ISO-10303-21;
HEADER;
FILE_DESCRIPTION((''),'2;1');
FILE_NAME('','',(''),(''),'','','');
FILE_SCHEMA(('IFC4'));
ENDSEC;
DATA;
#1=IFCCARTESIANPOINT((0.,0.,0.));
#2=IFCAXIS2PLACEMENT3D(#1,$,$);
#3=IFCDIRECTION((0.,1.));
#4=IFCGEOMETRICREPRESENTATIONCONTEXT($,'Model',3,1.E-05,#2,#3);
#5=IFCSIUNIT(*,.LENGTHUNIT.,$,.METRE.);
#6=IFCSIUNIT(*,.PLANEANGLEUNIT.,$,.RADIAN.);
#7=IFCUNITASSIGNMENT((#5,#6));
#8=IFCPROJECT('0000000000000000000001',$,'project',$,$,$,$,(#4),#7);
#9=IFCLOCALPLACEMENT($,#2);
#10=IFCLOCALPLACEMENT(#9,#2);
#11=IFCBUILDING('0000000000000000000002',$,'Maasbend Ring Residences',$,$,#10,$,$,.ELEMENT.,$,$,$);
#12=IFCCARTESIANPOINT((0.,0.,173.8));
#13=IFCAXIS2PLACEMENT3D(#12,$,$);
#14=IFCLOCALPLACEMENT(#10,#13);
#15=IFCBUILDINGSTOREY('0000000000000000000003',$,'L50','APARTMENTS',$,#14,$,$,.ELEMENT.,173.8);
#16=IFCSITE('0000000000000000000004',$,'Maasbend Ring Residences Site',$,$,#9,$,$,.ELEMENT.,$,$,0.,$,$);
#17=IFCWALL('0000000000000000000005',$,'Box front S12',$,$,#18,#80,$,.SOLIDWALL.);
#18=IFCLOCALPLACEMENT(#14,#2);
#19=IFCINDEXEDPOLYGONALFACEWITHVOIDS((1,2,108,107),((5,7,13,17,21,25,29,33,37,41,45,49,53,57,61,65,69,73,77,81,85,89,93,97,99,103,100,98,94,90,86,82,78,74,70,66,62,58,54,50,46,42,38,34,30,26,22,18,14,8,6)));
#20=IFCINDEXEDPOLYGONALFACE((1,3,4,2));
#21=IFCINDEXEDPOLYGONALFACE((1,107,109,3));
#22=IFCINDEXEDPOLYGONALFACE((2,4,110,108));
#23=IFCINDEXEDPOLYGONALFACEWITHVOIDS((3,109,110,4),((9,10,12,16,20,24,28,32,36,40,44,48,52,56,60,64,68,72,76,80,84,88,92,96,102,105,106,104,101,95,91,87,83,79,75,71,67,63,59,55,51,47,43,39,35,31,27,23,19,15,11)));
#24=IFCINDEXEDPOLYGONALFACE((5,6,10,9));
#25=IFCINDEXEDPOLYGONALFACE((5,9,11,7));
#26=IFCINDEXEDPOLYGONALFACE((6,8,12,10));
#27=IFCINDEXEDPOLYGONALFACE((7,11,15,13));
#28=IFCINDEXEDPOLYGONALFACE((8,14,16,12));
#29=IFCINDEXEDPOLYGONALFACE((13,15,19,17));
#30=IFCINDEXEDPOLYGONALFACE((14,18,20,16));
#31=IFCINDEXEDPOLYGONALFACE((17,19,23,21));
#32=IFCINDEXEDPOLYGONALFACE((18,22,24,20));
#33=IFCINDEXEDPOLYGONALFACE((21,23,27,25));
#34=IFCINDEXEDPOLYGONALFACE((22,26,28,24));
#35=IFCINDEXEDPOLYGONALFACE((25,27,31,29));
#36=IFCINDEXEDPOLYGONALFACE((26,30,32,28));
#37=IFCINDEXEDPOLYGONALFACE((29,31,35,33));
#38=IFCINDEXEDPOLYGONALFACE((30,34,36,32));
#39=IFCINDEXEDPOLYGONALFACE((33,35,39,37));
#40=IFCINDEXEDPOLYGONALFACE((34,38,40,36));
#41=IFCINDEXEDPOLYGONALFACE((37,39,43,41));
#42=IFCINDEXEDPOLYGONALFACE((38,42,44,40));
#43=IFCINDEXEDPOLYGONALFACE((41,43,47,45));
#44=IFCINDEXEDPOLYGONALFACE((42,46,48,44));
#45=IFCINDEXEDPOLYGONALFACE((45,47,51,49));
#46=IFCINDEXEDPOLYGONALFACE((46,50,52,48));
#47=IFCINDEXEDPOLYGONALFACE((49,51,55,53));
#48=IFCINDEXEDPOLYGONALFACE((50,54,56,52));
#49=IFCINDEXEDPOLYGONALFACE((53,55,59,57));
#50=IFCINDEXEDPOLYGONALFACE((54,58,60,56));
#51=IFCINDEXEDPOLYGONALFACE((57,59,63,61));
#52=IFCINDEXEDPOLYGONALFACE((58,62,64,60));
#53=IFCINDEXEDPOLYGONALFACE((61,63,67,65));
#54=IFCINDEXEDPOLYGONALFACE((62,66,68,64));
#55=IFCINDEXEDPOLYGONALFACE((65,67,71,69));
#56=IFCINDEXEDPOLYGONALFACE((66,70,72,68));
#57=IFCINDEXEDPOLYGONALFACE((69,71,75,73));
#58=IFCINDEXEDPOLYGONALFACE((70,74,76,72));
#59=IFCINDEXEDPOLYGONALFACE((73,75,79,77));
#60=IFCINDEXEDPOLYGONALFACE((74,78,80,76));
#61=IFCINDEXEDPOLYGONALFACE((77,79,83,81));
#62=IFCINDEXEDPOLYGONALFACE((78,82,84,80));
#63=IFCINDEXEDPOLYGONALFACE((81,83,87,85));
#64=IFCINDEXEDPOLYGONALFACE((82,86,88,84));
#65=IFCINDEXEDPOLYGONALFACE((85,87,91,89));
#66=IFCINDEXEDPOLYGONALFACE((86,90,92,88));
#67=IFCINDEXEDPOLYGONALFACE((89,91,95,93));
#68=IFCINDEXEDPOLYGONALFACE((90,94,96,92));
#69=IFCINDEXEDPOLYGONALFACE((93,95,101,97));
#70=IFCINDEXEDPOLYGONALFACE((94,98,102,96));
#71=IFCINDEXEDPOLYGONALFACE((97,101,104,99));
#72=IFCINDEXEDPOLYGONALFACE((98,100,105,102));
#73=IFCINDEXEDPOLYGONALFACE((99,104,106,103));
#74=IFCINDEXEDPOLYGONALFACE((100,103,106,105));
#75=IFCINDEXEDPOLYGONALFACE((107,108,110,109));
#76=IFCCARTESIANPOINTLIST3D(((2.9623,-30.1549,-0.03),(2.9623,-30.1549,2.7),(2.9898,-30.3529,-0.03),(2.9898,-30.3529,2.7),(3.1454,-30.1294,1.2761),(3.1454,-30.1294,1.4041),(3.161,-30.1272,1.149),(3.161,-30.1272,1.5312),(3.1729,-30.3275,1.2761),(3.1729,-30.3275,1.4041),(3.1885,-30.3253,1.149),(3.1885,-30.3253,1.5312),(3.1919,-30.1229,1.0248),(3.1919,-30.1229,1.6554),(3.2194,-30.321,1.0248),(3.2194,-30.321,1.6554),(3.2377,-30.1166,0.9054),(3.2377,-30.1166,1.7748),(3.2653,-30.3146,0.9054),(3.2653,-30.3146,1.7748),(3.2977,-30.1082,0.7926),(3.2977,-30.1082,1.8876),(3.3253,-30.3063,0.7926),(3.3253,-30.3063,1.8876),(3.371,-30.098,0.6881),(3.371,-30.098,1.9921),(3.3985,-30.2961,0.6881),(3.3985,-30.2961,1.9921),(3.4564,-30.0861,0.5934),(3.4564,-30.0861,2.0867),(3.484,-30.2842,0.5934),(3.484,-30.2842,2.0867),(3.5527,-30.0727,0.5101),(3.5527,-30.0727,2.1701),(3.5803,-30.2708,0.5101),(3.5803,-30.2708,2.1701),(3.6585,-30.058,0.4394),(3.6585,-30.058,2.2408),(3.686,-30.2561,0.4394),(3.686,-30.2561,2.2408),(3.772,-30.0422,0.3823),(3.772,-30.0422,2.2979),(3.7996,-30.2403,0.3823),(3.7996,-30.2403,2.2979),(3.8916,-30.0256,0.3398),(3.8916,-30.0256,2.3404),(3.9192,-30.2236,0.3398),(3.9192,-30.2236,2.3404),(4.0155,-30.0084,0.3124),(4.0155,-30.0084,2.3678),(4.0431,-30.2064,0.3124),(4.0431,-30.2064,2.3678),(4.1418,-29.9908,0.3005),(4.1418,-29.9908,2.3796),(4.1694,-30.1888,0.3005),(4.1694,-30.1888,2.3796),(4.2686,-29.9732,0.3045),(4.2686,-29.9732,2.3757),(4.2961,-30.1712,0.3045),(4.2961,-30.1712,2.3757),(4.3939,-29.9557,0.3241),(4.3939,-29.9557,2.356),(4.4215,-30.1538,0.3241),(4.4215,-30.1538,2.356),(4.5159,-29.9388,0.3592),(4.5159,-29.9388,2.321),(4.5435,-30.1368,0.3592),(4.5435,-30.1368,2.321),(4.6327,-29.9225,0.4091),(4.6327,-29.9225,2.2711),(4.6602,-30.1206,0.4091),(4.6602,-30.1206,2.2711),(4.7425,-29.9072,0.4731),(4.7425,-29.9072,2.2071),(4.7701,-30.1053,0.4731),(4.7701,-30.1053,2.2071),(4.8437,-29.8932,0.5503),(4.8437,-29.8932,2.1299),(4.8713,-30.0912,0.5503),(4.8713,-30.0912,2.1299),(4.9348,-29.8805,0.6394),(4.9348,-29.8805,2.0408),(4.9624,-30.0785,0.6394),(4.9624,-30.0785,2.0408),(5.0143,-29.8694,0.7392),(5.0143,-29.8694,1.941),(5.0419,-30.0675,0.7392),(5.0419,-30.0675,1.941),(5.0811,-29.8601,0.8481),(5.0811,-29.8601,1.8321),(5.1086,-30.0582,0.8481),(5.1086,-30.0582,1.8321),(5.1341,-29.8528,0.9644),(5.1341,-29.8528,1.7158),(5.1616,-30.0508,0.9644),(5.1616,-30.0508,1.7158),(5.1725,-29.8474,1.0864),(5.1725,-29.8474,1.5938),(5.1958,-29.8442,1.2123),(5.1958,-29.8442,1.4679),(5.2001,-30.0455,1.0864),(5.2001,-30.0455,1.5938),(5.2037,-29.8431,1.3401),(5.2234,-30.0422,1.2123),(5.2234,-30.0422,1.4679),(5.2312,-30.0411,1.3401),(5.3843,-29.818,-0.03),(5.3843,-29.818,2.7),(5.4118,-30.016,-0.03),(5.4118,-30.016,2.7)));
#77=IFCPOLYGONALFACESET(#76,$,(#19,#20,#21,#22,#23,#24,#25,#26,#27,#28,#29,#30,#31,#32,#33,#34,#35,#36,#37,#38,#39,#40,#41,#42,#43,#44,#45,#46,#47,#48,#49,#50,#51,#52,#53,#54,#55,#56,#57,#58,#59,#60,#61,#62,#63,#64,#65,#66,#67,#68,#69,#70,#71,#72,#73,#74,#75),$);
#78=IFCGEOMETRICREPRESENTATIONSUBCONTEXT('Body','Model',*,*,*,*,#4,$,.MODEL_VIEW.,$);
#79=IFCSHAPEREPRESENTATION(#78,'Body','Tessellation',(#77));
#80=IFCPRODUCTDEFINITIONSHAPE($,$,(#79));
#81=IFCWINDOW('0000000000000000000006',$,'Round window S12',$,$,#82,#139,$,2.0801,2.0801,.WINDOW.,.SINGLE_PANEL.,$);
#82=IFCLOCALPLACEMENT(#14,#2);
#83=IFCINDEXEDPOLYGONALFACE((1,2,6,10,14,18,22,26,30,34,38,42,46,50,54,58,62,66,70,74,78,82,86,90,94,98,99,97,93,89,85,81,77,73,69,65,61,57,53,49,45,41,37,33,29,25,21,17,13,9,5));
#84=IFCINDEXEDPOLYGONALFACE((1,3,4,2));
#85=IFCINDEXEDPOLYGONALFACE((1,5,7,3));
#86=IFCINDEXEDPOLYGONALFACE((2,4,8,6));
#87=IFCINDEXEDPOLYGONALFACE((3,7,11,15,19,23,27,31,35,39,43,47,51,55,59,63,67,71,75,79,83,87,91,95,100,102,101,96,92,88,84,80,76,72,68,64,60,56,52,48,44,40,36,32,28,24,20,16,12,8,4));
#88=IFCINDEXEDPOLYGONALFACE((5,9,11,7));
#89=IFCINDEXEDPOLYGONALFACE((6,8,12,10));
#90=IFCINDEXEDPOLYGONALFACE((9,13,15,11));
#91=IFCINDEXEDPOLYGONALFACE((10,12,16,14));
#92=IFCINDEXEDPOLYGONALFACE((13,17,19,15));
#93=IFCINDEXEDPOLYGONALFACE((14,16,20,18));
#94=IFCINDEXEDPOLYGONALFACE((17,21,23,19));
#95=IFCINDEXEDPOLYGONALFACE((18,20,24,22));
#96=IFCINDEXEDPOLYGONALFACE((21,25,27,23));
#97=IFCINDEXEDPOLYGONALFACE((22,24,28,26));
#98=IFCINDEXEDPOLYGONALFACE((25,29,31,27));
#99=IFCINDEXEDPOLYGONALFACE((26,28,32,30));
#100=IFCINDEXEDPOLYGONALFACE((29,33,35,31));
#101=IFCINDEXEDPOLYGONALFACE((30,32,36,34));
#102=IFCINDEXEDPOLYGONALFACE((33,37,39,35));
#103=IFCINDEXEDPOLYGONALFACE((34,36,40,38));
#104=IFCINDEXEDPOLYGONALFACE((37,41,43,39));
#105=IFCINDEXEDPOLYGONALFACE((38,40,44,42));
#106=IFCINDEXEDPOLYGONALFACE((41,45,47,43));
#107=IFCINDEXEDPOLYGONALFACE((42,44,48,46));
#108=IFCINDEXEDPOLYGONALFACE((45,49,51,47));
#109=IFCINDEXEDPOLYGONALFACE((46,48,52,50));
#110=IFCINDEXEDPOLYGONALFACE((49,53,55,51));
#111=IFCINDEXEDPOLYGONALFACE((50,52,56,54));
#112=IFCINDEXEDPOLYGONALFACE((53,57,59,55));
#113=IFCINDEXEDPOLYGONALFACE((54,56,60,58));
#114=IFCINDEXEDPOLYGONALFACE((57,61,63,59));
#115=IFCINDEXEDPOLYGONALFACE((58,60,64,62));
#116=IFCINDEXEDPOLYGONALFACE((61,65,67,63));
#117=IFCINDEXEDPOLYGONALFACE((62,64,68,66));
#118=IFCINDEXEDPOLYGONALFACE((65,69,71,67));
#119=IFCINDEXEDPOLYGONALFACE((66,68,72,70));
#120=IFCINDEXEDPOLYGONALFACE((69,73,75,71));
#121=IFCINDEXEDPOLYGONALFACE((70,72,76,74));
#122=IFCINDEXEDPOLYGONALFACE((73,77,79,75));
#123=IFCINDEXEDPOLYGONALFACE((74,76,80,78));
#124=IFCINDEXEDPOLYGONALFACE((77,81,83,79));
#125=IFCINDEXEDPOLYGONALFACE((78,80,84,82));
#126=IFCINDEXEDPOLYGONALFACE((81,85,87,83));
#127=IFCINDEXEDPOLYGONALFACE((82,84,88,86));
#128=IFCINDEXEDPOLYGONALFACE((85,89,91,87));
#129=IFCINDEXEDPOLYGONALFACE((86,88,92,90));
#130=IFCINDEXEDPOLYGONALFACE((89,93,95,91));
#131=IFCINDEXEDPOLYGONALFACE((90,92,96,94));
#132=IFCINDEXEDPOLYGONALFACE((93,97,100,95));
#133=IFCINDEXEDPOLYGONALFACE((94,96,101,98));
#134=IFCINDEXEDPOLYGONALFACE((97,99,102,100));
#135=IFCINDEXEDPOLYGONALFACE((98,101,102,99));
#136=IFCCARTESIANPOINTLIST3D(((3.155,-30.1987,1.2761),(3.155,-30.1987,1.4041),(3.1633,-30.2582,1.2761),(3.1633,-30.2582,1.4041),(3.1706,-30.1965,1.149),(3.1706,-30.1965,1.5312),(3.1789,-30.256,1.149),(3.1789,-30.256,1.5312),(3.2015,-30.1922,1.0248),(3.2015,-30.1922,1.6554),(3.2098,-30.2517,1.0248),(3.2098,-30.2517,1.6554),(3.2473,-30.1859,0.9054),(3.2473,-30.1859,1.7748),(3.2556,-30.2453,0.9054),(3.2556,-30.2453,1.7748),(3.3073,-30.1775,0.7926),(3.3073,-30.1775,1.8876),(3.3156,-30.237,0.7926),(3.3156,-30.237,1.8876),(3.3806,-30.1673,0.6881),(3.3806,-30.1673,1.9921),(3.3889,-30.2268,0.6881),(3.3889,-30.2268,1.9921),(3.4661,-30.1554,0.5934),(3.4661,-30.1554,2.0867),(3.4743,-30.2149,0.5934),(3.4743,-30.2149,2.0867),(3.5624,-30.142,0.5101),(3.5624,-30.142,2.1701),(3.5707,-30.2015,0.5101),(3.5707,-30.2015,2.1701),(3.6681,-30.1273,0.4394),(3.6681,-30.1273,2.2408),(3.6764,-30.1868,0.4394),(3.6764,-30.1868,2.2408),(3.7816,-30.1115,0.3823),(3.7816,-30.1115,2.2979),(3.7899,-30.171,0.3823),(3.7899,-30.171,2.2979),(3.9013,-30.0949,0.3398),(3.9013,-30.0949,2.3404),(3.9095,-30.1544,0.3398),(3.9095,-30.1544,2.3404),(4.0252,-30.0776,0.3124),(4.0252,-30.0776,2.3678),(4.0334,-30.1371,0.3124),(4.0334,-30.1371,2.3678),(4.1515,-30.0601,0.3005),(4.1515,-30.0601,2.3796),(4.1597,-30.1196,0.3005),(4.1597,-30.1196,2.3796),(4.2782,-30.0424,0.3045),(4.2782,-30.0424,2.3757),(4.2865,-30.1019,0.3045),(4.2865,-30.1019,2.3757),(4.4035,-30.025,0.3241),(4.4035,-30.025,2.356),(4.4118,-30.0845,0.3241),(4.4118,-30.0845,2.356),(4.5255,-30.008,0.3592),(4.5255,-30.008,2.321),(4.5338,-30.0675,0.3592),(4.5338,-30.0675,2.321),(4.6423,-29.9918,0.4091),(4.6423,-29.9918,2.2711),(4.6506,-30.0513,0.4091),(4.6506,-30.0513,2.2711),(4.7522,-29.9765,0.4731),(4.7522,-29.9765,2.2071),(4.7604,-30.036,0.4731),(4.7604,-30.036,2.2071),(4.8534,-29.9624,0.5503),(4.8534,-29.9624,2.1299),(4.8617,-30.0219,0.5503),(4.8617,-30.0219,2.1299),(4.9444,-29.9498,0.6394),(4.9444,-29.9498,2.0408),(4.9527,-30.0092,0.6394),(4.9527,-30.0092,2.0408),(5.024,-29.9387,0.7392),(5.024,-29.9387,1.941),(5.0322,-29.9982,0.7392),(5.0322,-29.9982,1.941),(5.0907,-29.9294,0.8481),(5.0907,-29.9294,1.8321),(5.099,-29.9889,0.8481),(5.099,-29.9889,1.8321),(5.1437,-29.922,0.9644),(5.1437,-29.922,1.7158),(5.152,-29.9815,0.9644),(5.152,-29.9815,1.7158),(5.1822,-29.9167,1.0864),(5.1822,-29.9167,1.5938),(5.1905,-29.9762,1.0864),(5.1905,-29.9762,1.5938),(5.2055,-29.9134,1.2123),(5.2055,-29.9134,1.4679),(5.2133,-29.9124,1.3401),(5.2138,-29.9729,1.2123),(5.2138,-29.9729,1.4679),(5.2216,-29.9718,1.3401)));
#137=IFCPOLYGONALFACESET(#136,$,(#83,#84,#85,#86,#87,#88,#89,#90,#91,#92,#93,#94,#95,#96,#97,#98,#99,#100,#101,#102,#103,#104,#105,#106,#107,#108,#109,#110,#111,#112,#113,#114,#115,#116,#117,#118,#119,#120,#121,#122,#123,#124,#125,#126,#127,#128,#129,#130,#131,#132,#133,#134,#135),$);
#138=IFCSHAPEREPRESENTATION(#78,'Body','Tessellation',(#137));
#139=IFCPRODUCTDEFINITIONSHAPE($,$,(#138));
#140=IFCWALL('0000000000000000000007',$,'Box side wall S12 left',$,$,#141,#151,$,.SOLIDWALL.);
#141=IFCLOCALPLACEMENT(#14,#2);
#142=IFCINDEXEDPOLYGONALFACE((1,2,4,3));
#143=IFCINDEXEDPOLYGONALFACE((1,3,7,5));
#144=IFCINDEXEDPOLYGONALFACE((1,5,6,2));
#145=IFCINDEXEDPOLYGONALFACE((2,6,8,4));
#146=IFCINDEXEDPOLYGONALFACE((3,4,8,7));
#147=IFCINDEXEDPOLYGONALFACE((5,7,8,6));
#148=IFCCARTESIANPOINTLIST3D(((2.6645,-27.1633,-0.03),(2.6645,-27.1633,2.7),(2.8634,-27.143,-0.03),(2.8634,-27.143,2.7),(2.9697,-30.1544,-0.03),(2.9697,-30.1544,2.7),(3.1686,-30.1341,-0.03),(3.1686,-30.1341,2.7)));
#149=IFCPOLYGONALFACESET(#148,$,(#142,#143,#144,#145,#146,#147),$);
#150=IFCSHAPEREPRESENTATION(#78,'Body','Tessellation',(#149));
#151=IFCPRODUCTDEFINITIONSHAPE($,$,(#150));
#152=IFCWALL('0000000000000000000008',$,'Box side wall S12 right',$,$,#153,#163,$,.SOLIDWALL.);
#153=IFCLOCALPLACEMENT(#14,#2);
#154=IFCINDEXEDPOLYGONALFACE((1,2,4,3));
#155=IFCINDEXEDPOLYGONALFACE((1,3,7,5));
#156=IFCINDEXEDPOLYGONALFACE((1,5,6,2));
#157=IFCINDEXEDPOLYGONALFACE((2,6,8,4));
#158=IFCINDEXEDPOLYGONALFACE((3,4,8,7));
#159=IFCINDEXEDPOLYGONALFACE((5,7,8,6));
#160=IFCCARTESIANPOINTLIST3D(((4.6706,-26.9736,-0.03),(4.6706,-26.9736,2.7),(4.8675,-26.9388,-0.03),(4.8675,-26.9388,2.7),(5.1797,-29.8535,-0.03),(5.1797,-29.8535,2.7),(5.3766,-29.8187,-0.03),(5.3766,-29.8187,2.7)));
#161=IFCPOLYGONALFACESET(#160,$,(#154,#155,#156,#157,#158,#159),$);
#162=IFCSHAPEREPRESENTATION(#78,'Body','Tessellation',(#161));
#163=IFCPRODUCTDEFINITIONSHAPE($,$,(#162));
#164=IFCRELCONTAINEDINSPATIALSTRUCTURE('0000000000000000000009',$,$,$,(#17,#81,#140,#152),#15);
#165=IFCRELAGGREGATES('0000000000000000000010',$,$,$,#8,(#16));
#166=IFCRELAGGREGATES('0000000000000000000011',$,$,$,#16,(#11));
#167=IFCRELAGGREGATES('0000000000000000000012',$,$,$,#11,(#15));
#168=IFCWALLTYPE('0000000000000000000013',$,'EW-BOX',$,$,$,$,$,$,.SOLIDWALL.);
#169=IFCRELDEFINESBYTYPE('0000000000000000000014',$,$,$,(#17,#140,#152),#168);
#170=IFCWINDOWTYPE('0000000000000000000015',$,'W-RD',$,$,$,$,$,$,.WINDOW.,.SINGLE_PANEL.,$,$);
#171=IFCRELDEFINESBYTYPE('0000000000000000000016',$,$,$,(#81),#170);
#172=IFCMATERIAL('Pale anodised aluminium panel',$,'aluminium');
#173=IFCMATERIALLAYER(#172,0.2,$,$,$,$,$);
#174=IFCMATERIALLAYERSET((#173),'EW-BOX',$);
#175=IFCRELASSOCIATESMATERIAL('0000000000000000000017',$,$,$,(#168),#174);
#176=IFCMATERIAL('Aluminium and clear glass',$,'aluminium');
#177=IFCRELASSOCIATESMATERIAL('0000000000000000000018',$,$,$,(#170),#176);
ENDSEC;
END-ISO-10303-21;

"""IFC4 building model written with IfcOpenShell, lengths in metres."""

from ifc_helpers import new_model, si_unit, direction, frame, frame_2d, origin, place, context, subcontext, project, spatial, rectangle, circle, extrude, material, layer, layer_set, type_object, element, fill, save


model = new_model("IFC4")

# Units and contexts
model_context = context("Model", 3, precision=1e-05, world=origin(), true_north=direction((0.0, 1.0)))
body_context = subcontext(model_context, "Body", "Model", "MODEL_VIEW")
ifc_project = project(units=[si_unit("LENGTHUNIT", "METRE"), si_unit("PLANEANGLEUNIT", "RADIAN")], contexts=[model_context])

# Site, building, storey
site_placement = place(None, origin())
site = spatial("IfcSite", under=ifc_project, at=site_placement, Name="Maasbend Ring Residences Site", CompositionType="ELEMENT", RefElevation=0.0)
building_placement = place(site_placement, origin())
building = spatial("IfcBuilding", under=site, at=building_placement, Name="Maasbend Ring Residences", CompositionType="ELEMENT")
storey_placement = place(building_placement, frame((0.0, 0.0, 173.8)))
storey = spatial("IfcBuildingStorey", under=building, at=storey_placement, Name="L50", Description="APARTMENTS", CompositionType="ELEMENT", Elevation=173.8)

# Wall, opening, window
ifc_material_1 = material(Name="Pale anodised aluminium panel", Category="aluminium")
ifc_layer_1 = layer(ifc_material_1, 0.2)
ifc_layer_set_1 = layer_set([ifc_layer_1], Name="EW-BOX")
wall_type_1 = type_object("IfcWallType", Name="EW-BOX", PredefinedType="SOLIDWALL", material=ifc_layer_set_1)
wall_1_placement = place(storey_placement, frame((2.9761, -30.2539, -0.03), z_axis=(0.0, 0.0, 1.0), x_axis=(0.990462, 0.137786, 0.0)))
wall_1 = element("IfcWall", 1, at=wall_1_placement, inside=storey, type_object=wall_type_1, Name="Box front S12", PredefinedType="SOLIDWALL", context=body_context, shape_type="SweptSolid", body=[
    extrude(rectangle(XDim=2.4453, YDim=0.2, at=frame_2d((1.2227, 0.0))), origin(), (0.0, 0.0, 1.0), 2.73),
])
opening_1_placement = place(wall_1_placement, frame((0.1829, 0.0, 0.3301)))
opening_1 = element("IfcOpeningElement", 2, at=opening_1_placement, cuts=wall_1, PredefinedType="OPENING", context=body_context, shape_type="SweptSolid", body=[
    extrude(circle(Radius=1.04, at=frame_2d((1.04, 1.04))), frame((0.0, 0.1099, 0.0), z_axis=(0.0, -1.0, 0.0), x_axis=(1.0, 0.0, 0.0)), (0.0, 0.0, 1.0), 0.22),
])
ifc_material_2 = material(Name="Aluminium and clear glass", Category="aluminium")
window_type_1 = type_object("IfcWindowType", Name="W-RD", PartitioningType="SINGLE_PANEL", PredefinedType="WINDOW", material=ifc_material_2)
window_1_placement = place(opening_1_placement, origin())
window_1 = element("IfcWindow", 3, at=window_1_placement, inside=storey, type_object=window_type_1, Name="Round window S12", OverallHeight=2.0801, OverallWidth=2.0801, PartitioningType="SINGLE_PANEL", PredefinedType="WINDOW", context=body_context, shape_type="SweptSolid", body=[
    extrude(circle(Radius=1.04, at=frame_2d((1.04, 1.04))), frame((0.0, 0.03, 0.0), z_axis=(0.0, -1.0, 0.0), x_axis=(1.0, 0.0, 0.0)), (0.0, 0.0, 1.0), 0.0601),
])
fill(opening_1, window_1)

# Walls
wall_2_placement = place(storey_placement, frame((2.7639, -27.1531, -0.03), z_axis=(0.0, 0.0, 1.0), x_axis=(0.101505, -0.994835, 0.0)))
element("IfcWall", 4, at=wall_2_placement, inside=storey, type_object=wall_type_1, Name="Box side wall S12 left", PredefinedType="SOLIDWALL", context=body_context, shape_type="SweptSolid", body=[
    extrude(rectangle(XDim=3.0066, YDim=0.2, at=frame_2d((1.5034, 0.0))), origin(), (0.0, 0.0, 1.0), 2.73),
])
wall_3_placement = place(storey_placement, frame((4.769, -26.9561, -0.03), z_axis=(0.0, 0.0, 1.0), x_axis=(0.174057, -0.984736, 0.0)))
element("IfcWall", 5, at=wall_3_placement, inside=storey, type_object=wall_type_1, Name="Box side wall S12 right", PredefinedType="SOLIDWALL", context=body_context, shape_type="SweptSolid", body=[
    extrude(rectangle(XDim=2.9246, YDim=0.2, at=frame_2d((1.4624, 0.0))), origin(), (0.0, 0.0, 1.0), 2.73),
])

save(model, "model.ifc")
